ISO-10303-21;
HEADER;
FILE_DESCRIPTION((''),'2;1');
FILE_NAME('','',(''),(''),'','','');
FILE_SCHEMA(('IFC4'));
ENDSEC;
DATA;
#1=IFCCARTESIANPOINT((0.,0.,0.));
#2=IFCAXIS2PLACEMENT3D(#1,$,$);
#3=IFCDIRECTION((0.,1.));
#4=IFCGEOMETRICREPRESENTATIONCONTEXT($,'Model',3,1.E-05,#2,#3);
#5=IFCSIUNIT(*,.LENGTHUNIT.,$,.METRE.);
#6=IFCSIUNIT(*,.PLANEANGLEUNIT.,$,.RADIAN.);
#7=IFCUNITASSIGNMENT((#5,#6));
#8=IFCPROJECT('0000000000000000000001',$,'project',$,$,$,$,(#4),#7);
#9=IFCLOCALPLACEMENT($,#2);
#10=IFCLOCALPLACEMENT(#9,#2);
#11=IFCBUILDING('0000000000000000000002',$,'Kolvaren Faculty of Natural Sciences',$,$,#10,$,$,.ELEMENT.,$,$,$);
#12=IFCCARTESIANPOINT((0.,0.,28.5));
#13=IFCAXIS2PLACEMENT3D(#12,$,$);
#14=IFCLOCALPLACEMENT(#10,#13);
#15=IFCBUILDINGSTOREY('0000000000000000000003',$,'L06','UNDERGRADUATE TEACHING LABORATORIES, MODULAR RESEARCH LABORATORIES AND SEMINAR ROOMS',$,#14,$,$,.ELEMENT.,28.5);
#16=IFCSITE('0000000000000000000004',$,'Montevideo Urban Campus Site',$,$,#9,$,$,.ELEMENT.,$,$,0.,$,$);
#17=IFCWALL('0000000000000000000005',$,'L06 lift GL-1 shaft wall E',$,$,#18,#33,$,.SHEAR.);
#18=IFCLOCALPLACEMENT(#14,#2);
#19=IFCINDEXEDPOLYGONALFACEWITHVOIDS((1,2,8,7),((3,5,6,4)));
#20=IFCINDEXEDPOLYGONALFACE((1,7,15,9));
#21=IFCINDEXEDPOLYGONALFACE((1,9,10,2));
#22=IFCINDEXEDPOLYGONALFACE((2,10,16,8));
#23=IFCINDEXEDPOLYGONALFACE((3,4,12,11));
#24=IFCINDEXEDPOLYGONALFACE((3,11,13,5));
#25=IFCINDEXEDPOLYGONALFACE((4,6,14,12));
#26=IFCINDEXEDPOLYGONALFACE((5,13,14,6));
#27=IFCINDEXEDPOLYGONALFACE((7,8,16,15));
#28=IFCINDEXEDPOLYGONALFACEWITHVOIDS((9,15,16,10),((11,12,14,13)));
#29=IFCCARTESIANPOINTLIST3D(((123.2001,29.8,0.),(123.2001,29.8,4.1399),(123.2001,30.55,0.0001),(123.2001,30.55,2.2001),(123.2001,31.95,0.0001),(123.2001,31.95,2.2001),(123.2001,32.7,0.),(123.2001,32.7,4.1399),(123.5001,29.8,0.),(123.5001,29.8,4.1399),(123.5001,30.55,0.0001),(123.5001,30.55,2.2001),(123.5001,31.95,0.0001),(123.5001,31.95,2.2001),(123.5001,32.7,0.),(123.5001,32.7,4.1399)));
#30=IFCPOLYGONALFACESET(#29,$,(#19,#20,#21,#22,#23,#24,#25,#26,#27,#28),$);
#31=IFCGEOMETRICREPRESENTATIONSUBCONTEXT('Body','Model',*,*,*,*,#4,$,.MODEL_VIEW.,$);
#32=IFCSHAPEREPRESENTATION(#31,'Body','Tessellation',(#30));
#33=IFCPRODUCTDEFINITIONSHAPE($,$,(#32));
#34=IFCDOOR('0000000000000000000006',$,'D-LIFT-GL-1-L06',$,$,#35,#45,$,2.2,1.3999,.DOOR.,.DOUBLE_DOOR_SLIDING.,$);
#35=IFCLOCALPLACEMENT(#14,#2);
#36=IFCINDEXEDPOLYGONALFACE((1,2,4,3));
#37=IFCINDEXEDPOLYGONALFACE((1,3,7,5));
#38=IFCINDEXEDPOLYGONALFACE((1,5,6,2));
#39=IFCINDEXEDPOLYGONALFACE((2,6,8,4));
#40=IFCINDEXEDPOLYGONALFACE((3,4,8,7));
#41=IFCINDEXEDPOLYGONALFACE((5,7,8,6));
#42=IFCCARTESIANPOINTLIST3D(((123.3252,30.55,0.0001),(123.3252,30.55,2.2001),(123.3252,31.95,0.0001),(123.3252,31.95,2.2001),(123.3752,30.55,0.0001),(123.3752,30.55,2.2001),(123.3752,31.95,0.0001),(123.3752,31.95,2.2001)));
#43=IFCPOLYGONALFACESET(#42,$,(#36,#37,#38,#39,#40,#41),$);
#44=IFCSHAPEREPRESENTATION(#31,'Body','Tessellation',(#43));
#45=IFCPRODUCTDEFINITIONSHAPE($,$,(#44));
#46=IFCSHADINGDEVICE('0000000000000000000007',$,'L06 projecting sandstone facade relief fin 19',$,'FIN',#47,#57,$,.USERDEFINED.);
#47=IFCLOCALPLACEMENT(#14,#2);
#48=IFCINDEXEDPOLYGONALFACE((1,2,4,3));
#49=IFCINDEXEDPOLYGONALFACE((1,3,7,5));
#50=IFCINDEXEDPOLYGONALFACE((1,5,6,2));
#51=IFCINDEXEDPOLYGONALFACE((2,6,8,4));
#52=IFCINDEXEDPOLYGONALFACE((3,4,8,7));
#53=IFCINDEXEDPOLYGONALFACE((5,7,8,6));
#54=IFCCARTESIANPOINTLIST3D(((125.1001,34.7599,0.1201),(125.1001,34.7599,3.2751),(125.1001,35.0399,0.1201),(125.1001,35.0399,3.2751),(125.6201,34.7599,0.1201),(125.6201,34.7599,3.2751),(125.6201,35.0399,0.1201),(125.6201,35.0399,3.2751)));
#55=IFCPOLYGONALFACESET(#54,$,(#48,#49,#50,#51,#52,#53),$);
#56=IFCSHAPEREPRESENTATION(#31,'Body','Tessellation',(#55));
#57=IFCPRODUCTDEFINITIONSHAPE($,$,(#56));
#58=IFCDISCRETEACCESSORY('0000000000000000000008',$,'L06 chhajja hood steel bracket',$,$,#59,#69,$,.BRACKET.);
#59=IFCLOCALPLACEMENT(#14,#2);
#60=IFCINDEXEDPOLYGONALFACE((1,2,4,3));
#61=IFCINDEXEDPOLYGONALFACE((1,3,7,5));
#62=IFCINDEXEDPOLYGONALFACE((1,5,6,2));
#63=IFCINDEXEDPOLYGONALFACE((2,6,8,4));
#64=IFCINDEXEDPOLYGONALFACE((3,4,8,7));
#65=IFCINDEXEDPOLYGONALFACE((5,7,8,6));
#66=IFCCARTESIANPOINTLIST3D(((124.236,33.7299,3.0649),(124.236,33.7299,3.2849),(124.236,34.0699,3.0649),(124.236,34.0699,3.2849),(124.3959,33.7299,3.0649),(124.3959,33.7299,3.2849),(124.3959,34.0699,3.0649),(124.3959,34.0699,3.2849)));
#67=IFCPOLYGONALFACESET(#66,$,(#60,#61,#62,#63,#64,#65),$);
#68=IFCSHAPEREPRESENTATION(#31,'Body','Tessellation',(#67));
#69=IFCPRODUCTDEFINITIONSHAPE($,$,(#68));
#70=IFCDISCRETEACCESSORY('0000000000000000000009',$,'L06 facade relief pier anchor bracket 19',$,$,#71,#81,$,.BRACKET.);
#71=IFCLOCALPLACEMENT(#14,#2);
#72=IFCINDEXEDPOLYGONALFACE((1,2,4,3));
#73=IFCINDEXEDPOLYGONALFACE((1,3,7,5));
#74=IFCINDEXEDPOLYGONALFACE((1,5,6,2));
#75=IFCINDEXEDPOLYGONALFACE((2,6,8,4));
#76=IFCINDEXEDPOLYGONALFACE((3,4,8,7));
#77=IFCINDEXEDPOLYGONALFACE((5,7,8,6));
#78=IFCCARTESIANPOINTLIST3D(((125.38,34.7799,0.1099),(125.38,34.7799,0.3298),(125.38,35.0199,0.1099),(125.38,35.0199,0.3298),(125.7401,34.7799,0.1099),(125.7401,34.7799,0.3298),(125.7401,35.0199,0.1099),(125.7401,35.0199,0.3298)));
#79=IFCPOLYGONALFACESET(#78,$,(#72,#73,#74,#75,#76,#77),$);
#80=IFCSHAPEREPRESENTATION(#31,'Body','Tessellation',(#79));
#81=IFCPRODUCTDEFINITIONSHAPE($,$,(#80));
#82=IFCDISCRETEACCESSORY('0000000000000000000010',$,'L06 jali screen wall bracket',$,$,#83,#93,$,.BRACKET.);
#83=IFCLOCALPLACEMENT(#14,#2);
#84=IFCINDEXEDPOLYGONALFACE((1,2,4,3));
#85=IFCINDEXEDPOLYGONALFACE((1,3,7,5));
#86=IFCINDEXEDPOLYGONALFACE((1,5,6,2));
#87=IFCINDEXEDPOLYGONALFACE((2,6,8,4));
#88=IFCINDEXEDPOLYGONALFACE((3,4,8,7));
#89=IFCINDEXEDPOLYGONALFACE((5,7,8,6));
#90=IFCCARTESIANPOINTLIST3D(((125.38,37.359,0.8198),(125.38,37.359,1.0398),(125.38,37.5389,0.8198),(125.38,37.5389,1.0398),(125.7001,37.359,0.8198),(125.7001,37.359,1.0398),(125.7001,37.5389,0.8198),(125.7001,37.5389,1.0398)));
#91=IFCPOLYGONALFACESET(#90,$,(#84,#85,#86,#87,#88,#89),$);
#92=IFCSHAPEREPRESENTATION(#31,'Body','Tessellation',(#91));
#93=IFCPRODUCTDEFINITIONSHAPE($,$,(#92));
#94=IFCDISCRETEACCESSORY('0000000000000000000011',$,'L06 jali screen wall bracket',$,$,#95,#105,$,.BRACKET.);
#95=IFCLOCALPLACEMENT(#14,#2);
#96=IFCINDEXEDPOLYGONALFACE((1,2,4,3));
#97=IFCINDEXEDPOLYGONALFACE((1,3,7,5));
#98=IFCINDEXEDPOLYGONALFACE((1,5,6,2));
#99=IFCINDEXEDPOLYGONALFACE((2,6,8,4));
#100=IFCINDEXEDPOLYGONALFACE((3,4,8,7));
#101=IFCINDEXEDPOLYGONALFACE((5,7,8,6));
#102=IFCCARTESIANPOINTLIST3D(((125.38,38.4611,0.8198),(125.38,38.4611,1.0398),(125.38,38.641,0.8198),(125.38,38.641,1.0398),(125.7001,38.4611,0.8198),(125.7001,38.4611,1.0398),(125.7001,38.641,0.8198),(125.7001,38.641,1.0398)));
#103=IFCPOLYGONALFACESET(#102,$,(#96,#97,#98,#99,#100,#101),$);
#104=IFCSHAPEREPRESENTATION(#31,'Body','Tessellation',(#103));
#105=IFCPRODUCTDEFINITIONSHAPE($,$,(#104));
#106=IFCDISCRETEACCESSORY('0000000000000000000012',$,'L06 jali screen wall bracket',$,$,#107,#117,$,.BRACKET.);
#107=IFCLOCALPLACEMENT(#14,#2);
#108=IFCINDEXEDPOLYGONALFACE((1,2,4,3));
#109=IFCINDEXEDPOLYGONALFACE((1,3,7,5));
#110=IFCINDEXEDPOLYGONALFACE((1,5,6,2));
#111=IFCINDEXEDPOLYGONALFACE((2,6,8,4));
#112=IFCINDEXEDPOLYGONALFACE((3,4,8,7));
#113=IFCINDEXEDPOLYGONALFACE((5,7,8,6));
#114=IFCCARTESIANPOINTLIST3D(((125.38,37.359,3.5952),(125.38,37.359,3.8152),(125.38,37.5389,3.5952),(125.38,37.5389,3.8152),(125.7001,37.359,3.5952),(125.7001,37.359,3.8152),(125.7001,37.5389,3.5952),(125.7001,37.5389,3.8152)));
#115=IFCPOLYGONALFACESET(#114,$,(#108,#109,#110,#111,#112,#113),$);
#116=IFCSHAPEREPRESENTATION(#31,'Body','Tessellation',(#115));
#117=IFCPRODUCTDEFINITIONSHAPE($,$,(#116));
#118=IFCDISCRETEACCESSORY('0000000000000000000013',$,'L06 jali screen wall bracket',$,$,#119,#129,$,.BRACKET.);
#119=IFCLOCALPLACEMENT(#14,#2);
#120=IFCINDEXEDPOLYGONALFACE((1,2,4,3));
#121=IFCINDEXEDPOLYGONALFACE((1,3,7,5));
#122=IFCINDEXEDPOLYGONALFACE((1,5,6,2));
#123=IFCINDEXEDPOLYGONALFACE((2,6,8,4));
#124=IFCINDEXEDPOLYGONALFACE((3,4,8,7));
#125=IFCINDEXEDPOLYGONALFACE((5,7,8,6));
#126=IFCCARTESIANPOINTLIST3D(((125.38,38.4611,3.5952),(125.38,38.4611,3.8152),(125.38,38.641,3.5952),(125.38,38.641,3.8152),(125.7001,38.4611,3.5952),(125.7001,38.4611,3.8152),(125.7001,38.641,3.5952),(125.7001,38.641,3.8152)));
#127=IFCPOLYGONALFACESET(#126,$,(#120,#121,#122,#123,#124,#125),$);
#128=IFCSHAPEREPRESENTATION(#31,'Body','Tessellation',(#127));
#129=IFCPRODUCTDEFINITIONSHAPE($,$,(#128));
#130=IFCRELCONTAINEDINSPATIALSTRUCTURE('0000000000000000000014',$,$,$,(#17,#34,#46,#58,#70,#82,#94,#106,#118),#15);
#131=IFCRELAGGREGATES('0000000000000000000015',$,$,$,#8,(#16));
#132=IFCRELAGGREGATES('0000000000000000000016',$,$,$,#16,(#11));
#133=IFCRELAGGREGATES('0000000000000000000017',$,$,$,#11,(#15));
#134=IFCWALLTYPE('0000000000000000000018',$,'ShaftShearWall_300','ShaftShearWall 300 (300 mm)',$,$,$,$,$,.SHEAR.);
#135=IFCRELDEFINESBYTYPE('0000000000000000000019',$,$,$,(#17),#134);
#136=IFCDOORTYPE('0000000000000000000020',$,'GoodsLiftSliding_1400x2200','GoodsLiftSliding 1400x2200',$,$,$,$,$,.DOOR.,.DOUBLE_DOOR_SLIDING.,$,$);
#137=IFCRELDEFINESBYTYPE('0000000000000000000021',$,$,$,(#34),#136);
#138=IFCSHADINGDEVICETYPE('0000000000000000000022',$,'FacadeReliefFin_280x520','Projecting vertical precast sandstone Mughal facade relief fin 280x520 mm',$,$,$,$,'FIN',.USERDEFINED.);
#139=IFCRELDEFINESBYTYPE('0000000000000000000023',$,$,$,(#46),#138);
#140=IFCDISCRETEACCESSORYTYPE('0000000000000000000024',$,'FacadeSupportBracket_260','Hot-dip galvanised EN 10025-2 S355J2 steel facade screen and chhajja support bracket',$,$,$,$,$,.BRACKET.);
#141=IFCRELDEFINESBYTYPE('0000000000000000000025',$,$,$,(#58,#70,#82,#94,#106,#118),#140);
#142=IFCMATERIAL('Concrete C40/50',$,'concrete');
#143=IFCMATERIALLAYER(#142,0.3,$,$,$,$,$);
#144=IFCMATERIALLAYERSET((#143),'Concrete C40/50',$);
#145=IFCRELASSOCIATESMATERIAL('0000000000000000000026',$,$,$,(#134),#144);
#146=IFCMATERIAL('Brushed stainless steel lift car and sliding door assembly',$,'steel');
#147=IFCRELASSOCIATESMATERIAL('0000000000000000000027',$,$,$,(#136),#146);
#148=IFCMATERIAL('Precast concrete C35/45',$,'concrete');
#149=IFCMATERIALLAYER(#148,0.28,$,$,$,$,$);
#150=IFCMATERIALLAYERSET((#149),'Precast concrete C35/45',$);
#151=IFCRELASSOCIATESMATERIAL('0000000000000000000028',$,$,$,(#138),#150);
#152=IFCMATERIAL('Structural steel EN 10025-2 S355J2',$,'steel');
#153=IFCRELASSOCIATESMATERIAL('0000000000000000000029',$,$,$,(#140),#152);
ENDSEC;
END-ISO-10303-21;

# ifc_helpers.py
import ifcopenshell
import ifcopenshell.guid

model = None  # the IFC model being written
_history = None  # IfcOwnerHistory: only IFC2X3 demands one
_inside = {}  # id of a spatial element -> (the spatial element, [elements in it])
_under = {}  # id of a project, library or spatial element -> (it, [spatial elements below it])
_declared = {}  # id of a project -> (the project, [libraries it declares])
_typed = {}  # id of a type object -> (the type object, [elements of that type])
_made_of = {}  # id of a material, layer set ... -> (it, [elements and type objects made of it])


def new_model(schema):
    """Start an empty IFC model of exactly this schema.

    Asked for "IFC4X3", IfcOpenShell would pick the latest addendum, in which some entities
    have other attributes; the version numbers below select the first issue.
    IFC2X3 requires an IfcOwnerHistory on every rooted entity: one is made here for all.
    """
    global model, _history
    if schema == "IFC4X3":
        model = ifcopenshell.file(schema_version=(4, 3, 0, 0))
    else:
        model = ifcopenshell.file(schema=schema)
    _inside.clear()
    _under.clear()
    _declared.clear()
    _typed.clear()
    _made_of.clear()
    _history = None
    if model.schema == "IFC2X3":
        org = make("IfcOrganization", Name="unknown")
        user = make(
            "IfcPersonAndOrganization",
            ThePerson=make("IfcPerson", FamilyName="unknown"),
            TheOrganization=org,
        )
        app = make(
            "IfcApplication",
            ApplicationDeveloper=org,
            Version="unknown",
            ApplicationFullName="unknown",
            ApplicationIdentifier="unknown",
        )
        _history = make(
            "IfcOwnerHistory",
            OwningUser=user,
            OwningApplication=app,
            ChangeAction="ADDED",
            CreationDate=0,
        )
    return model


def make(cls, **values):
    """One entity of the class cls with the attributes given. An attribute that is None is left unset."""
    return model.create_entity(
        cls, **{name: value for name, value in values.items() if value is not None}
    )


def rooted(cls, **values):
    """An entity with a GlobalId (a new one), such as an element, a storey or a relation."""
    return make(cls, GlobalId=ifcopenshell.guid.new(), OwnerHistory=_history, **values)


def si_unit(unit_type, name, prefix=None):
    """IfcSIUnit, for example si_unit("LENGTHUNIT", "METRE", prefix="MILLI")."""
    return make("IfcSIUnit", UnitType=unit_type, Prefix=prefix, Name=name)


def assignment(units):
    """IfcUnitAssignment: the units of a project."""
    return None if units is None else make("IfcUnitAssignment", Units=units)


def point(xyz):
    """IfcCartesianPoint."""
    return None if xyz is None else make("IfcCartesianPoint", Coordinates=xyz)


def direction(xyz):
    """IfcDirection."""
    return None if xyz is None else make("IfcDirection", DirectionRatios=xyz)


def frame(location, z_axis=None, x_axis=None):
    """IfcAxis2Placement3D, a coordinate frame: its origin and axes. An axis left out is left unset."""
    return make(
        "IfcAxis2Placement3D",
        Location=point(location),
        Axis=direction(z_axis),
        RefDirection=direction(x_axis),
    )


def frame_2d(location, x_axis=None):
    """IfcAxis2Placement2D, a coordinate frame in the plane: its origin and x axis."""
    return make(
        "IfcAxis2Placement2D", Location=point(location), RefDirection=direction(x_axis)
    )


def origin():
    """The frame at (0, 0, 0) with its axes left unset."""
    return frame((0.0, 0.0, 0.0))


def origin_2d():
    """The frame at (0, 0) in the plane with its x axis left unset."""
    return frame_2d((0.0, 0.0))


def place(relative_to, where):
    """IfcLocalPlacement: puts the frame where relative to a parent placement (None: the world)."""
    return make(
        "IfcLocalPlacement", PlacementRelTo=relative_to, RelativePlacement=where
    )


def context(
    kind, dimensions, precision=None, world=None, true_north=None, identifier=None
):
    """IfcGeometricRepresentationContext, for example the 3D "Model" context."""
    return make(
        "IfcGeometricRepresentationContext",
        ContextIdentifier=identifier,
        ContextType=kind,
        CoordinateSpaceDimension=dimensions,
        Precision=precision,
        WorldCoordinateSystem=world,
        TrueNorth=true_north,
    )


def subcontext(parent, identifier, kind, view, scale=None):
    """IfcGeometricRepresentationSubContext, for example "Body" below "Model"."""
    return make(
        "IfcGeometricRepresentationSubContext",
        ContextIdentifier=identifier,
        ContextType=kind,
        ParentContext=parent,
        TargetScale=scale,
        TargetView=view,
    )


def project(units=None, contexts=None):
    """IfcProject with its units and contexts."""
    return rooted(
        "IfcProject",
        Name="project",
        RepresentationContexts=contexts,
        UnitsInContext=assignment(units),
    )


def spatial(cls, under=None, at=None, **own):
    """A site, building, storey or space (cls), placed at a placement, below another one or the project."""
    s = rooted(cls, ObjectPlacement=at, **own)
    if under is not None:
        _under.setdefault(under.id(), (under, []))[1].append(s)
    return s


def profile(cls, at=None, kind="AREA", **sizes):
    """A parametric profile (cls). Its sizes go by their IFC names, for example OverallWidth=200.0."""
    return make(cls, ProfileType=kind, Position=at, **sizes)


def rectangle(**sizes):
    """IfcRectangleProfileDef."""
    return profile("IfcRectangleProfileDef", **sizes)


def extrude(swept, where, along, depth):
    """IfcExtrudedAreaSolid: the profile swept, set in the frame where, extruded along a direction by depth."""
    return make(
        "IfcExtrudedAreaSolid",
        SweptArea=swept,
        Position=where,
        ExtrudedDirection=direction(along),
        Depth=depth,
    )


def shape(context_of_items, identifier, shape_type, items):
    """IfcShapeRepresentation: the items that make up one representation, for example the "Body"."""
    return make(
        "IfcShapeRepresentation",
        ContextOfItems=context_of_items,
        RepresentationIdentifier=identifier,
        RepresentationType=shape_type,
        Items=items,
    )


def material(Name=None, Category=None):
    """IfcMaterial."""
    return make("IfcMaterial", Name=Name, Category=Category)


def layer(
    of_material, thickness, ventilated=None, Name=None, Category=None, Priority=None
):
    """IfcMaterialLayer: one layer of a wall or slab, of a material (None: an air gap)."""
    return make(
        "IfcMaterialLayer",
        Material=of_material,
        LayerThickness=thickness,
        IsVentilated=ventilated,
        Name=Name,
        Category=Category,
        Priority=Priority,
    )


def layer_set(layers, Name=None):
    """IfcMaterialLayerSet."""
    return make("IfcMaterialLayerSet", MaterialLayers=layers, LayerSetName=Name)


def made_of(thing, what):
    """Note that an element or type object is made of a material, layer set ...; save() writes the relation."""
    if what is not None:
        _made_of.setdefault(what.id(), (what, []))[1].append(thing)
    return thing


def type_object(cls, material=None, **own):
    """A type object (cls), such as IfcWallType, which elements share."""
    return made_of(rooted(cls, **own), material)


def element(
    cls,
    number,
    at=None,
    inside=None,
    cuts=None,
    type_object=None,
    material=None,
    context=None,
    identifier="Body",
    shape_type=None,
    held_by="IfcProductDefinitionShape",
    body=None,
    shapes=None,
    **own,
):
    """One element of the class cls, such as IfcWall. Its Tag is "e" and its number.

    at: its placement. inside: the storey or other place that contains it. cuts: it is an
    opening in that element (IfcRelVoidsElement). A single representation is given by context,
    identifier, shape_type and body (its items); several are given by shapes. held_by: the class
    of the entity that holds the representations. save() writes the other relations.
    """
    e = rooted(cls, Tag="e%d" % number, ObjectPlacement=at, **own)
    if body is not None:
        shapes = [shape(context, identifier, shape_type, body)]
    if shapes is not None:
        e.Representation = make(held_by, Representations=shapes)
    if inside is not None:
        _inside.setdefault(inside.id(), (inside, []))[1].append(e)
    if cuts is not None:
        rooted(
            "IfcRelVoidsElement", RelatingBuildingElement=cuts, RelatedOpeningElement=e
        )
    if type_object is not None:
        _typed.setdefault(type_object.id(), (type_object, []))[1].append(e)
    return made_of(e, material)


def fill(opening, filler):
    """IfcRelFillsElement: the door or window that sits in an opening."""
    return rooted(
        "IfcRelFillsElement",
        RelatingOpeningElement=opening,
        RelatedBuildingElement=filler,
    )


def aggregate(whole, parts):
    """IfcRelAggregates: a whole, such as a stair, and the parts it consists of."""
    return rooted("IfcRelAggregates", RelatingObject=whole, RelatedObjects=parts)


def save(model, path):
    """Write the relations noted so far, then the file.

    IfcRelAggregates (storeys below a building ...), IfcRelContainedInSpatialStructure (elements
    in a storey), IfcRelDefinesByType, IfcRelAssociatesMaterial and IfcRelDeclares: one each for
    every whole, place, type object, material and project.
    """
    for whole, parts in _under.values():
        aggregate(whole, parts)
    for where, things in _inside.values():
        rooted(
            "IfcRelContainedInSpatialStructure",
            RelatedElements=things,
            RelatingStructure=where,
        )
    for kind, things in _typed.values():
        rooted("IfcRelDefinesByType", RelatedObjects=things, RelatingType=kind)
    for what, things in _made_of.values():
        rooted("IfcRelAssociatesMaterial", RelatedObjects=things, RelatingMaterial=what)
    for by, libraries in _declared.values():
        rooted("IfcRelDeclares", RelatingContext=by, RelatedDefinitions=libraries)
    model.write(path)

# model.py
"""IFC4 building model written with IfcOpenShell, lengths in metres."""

from ifc_helpers import new_model, si_unit, direction, frame, frame_2d, origin, origin_2d, place, context, subcontext, project, spatial, rectangle, extrude, material, layer, layer_set, type_object, element, fill, save


model = new_model("IFC4")

# Units and contexts
model_context = context("Model", 3, precision=1e-05, world=origin(), true_north=direction((0.0, 1.0)))
body_context = subcontext(model_context, "Body", "Model", "MODEL_VIEW")
ifc_project = project(units=[si_unit("LENGTHUNIT", "METRE"), si_unit("PLANEANGLEUNIT", "RADIAN")], contexts=[model_context])

# Site, building, storey
site_placement = place(None, origin())
site = spatial("IfcSite", under=ifc_project, at=site_placement, Name="Montevideo Urban Campus Site", CompositionType="ELEMENT", RefElevation=0.0)
building_placement = place(site_placement, origin())
building = spatial("IfcBuilding", under=site, at=building_placement, Name="Kolvaren Faculty of Natural Sciences", CompositionType="ELEMENT")
storey_placement = place(building_placement, frame((0.0, 0.0, 28.5)))
storey = spatial("IfcBuildingStorey", under=building, at=storey_placement, Name="L06", Description="UNDERGRADUATE TEACHING LABORATORIES, MODULAR RESEARCH LABORATORIES AND SEMINAR ROOMS", CompositionType="ELEMENT", Elevation=28.5)

# Shared definitions
ifc_material_1 = material(Name="Precast concrete C35/45", Category="concrete")

# Wall, opening, door
ifc_material_2 = material(Name="Concrete C40/50", Category="concrete")
ifc_layer_1 = layer(ifc_material_2, 0.3)
ifc_layer_set_1 = layer_set([ifc_layer_1], Name="Concrete C40/50")
wall_type_1 = type_object("IfcWallType", Name="ShaftShearWall_300", Description="ShaftShearWall 300 (300 mm)", PredefinedType="SHEAR", material=ifc_layer_set_1)
wall_1_placement = place(storey_placement, frame((123.3501, 29.8, 0.0), z_axis=(0.0, 0.0, 1.0), x_axis=(0.0, 1.0, 0.0)))
wall_1 = element("IfcWall", 1, at=wall_1_placement, inside=storey, type_object=wall_type_1, Name="L06 lift GL-1 shaft wall E", PredefinedType="SHEAR", context=body_context, shape_type="SweptSolid", body=[
    extrude(rectangle(XDim=2.8999, YDim=0.3, at=frame_2d((1.45, 0.0))), origin(), (0.0, 0.0, 1.0), 4.1399),
])
opening_1_placement = place(wall_1_placement, frame((0.75, 0.0, 0.0)))
opening_1 = element("IfcOpeningElement", 2, at=opening_1_placement, cuts=wall_1, PredefinedType="OPENING", context=body_context, shape_type="SweptSolid", body=[
    extrude(rectangle(XDim=1.3999, YDim=2.2, at=frame_2d((0.7, 1.1001))), frame((0.0, 0.1599, 0.0), z_axis=(0.0, -1.0, 0.0), x_axis=(1.0, 0.0, 0.0)), (0.0, 0.0, 1.0), 0.3201),
])
ifc_material_3 = material(Name="Brushed stainless steel lift car and sliding door assembly", Category="steel")
door_type = type_object("IfcDoorType", Name="GoodsLiftSliding_1400x2200", Description="GoodsLiftSliding 1400x2200", OperationType="DOUBLE_DOOR_SLIDING", PredefinedType="DOOR", material=ifc_material_3)
door_placement = place(opening_1_placement, origin())
door = element("IfcDoor", 3, at=door_placement, inside=storey, type_object=door_type, Name="D-LIFT-GL-1-L06", OperationType="DOUBLE_DOOR_SLIDING", OverallHeight=2.2, OverallWidth=1.3999, PredefinedType="DOOR", context=body_context, shape_type="SweptSolid", body=[
    extrude(rectangle(XDim=1.3999, YDim=2.2, at=frame_2d((0.7, 1.1001))), frame((0.0, 0.0249, 0.0), z_axis=(0.0, -1.0, 0.0), x_axis=(1.0, 0.0, 0.0)), (0.0, 0.0, 1.0), 0.05),
])
fill(opening_1, door)

# Shading device
ifc_layer_2 = layer(ifc_material_1, 0.28)
ifc_layer_set_2 = layer_set([ifc_layer_2], Name="Precast concrete C35/45")
shading_device_type = type_object("IfcShadingDeviceType", Name="FacadeReliefFin_280x520", Description="Projecting vertical precast sandstone Mughal facade relief fin 280x520 mm", ElementType="FIN", PredefinedType="USERDEFINED", material=ifc_layer_set_2)
shading_device_placement = place(storey_placement, frame((125.3601, 34.8999, 0.1201), z_axis=(0.0, 0.0, 1.0), x_axis=(0.0, 1.0, 0.0)))
element("IfcShadingDevice", 4, at=shading_device_placement, inside=storey, type_object=shading_device_type, Name="L06 projecting sandstone facade relief fin 19", ObjectType="FIN", PredefinedType="USERDEFINED", context=body_context, shape_type="SweptSolid", body=[
    extrude(rectangle(XDim=0.28, YDim=0.52, at=origin_2d()), origin(), (0.0, 0.0, 1.0), 3.155),
])

# Discrete accessories
ifc_material_4 = material(Name="Structural steel EN 10025-2 S355J2", Category="steel")
discrete_accessory_type = type_object("IfcDiscreteAccessoryType", Name="FacadeSupportBracket_260", Description="Hot-dip galvanised EN 10025-2 S355J2 steel facade screen and chhajja support bracket", PredefinedType="BRACKET", material=ifc_material_4)
discrete_accessory_1_placement = place(storey_placement, frame((124.3159, 33.8999, 3.0649), z_axis=(0.0, 0.0, 1.0), x_axis=(1.0, 0.0, 0.0)))
element("IfcDiscreteAccessory", 5, at=discrete_accessory_1_placement, inside=storey, type_object=discrete_accessory_type, Name="L06 chhajja hood steel bracket", PredefinedType="BRACKET", context=body_context, shape_type="SweptSolid", body=[
    extrude(rectangle(XDim=0.1599, YDim=0.3401, at=origin_2d()), origin(), (0.0, 0.0, 1.0), 0.22),
])
discrete_accessory_2_placement = place(storey_placement, frame((125.5601, 34.8999, 0.1099), z_axis=(0.0, 0.0, 1.0), x_axis=(0.0, 1.0, 0.0)))
element("IfcDiscreteAccessory", 6, at=discrete_accessory_2_placement, inside=storey, type_object=discrete_accessory_type, Name="L06 facade relief pier anchor bracket 19", PredefinedType="BRACKET", context=body_context, shape_type="SweptSolid", body=[
    extrude(rectangle(XDim=0.24, YDim=0.3601, at=origin_2d()), origin(), (0.0, 0.0, 1.0), 0.22),
])
for number, where, z_axis, x_axis, name in (
    (7, (125.54, 37.449, 0.8198), (0.0, 0.0, 1.0), (0.0, 1.0, 0.0), "L06 jali screen wall bracket"),
    (8, (125.54, 38.551, 0.8198), (0.0, 0.0, 1.0), (0.0, 1.0, 0.0), "L06 jali screen wall bracket"),
    (9, (125.54, 37.449, 3.5952), (0.0, 0.0, 1.0), (0.0, 1.0, 0.0), "L06 jali screen wall bracket"),
    (10, (125.54, 38.551, 3.5952), (0.0, 0.0, 1.0), (0.0, 1.0, 0.0), "L06 jali screen wall bracket"),
):
    element("IfcDiscreteAccessory", number, at=place(storey_placement, frame(where, z_axis=z_axis, x_axis=x_axis)), inside=storey, type_object=discrete_accessory_type, Name=name, PredefinedType="BRACKET", context=body_context, shape_type="SweptSolid", body=[
        extrude(rectangle(XDim=0.1799, YDim=0.3201, at=origin_2d()), origin(), (0.0, 0.0, 1.0), 0.22),
    ])

save(model, "model.ifc")
